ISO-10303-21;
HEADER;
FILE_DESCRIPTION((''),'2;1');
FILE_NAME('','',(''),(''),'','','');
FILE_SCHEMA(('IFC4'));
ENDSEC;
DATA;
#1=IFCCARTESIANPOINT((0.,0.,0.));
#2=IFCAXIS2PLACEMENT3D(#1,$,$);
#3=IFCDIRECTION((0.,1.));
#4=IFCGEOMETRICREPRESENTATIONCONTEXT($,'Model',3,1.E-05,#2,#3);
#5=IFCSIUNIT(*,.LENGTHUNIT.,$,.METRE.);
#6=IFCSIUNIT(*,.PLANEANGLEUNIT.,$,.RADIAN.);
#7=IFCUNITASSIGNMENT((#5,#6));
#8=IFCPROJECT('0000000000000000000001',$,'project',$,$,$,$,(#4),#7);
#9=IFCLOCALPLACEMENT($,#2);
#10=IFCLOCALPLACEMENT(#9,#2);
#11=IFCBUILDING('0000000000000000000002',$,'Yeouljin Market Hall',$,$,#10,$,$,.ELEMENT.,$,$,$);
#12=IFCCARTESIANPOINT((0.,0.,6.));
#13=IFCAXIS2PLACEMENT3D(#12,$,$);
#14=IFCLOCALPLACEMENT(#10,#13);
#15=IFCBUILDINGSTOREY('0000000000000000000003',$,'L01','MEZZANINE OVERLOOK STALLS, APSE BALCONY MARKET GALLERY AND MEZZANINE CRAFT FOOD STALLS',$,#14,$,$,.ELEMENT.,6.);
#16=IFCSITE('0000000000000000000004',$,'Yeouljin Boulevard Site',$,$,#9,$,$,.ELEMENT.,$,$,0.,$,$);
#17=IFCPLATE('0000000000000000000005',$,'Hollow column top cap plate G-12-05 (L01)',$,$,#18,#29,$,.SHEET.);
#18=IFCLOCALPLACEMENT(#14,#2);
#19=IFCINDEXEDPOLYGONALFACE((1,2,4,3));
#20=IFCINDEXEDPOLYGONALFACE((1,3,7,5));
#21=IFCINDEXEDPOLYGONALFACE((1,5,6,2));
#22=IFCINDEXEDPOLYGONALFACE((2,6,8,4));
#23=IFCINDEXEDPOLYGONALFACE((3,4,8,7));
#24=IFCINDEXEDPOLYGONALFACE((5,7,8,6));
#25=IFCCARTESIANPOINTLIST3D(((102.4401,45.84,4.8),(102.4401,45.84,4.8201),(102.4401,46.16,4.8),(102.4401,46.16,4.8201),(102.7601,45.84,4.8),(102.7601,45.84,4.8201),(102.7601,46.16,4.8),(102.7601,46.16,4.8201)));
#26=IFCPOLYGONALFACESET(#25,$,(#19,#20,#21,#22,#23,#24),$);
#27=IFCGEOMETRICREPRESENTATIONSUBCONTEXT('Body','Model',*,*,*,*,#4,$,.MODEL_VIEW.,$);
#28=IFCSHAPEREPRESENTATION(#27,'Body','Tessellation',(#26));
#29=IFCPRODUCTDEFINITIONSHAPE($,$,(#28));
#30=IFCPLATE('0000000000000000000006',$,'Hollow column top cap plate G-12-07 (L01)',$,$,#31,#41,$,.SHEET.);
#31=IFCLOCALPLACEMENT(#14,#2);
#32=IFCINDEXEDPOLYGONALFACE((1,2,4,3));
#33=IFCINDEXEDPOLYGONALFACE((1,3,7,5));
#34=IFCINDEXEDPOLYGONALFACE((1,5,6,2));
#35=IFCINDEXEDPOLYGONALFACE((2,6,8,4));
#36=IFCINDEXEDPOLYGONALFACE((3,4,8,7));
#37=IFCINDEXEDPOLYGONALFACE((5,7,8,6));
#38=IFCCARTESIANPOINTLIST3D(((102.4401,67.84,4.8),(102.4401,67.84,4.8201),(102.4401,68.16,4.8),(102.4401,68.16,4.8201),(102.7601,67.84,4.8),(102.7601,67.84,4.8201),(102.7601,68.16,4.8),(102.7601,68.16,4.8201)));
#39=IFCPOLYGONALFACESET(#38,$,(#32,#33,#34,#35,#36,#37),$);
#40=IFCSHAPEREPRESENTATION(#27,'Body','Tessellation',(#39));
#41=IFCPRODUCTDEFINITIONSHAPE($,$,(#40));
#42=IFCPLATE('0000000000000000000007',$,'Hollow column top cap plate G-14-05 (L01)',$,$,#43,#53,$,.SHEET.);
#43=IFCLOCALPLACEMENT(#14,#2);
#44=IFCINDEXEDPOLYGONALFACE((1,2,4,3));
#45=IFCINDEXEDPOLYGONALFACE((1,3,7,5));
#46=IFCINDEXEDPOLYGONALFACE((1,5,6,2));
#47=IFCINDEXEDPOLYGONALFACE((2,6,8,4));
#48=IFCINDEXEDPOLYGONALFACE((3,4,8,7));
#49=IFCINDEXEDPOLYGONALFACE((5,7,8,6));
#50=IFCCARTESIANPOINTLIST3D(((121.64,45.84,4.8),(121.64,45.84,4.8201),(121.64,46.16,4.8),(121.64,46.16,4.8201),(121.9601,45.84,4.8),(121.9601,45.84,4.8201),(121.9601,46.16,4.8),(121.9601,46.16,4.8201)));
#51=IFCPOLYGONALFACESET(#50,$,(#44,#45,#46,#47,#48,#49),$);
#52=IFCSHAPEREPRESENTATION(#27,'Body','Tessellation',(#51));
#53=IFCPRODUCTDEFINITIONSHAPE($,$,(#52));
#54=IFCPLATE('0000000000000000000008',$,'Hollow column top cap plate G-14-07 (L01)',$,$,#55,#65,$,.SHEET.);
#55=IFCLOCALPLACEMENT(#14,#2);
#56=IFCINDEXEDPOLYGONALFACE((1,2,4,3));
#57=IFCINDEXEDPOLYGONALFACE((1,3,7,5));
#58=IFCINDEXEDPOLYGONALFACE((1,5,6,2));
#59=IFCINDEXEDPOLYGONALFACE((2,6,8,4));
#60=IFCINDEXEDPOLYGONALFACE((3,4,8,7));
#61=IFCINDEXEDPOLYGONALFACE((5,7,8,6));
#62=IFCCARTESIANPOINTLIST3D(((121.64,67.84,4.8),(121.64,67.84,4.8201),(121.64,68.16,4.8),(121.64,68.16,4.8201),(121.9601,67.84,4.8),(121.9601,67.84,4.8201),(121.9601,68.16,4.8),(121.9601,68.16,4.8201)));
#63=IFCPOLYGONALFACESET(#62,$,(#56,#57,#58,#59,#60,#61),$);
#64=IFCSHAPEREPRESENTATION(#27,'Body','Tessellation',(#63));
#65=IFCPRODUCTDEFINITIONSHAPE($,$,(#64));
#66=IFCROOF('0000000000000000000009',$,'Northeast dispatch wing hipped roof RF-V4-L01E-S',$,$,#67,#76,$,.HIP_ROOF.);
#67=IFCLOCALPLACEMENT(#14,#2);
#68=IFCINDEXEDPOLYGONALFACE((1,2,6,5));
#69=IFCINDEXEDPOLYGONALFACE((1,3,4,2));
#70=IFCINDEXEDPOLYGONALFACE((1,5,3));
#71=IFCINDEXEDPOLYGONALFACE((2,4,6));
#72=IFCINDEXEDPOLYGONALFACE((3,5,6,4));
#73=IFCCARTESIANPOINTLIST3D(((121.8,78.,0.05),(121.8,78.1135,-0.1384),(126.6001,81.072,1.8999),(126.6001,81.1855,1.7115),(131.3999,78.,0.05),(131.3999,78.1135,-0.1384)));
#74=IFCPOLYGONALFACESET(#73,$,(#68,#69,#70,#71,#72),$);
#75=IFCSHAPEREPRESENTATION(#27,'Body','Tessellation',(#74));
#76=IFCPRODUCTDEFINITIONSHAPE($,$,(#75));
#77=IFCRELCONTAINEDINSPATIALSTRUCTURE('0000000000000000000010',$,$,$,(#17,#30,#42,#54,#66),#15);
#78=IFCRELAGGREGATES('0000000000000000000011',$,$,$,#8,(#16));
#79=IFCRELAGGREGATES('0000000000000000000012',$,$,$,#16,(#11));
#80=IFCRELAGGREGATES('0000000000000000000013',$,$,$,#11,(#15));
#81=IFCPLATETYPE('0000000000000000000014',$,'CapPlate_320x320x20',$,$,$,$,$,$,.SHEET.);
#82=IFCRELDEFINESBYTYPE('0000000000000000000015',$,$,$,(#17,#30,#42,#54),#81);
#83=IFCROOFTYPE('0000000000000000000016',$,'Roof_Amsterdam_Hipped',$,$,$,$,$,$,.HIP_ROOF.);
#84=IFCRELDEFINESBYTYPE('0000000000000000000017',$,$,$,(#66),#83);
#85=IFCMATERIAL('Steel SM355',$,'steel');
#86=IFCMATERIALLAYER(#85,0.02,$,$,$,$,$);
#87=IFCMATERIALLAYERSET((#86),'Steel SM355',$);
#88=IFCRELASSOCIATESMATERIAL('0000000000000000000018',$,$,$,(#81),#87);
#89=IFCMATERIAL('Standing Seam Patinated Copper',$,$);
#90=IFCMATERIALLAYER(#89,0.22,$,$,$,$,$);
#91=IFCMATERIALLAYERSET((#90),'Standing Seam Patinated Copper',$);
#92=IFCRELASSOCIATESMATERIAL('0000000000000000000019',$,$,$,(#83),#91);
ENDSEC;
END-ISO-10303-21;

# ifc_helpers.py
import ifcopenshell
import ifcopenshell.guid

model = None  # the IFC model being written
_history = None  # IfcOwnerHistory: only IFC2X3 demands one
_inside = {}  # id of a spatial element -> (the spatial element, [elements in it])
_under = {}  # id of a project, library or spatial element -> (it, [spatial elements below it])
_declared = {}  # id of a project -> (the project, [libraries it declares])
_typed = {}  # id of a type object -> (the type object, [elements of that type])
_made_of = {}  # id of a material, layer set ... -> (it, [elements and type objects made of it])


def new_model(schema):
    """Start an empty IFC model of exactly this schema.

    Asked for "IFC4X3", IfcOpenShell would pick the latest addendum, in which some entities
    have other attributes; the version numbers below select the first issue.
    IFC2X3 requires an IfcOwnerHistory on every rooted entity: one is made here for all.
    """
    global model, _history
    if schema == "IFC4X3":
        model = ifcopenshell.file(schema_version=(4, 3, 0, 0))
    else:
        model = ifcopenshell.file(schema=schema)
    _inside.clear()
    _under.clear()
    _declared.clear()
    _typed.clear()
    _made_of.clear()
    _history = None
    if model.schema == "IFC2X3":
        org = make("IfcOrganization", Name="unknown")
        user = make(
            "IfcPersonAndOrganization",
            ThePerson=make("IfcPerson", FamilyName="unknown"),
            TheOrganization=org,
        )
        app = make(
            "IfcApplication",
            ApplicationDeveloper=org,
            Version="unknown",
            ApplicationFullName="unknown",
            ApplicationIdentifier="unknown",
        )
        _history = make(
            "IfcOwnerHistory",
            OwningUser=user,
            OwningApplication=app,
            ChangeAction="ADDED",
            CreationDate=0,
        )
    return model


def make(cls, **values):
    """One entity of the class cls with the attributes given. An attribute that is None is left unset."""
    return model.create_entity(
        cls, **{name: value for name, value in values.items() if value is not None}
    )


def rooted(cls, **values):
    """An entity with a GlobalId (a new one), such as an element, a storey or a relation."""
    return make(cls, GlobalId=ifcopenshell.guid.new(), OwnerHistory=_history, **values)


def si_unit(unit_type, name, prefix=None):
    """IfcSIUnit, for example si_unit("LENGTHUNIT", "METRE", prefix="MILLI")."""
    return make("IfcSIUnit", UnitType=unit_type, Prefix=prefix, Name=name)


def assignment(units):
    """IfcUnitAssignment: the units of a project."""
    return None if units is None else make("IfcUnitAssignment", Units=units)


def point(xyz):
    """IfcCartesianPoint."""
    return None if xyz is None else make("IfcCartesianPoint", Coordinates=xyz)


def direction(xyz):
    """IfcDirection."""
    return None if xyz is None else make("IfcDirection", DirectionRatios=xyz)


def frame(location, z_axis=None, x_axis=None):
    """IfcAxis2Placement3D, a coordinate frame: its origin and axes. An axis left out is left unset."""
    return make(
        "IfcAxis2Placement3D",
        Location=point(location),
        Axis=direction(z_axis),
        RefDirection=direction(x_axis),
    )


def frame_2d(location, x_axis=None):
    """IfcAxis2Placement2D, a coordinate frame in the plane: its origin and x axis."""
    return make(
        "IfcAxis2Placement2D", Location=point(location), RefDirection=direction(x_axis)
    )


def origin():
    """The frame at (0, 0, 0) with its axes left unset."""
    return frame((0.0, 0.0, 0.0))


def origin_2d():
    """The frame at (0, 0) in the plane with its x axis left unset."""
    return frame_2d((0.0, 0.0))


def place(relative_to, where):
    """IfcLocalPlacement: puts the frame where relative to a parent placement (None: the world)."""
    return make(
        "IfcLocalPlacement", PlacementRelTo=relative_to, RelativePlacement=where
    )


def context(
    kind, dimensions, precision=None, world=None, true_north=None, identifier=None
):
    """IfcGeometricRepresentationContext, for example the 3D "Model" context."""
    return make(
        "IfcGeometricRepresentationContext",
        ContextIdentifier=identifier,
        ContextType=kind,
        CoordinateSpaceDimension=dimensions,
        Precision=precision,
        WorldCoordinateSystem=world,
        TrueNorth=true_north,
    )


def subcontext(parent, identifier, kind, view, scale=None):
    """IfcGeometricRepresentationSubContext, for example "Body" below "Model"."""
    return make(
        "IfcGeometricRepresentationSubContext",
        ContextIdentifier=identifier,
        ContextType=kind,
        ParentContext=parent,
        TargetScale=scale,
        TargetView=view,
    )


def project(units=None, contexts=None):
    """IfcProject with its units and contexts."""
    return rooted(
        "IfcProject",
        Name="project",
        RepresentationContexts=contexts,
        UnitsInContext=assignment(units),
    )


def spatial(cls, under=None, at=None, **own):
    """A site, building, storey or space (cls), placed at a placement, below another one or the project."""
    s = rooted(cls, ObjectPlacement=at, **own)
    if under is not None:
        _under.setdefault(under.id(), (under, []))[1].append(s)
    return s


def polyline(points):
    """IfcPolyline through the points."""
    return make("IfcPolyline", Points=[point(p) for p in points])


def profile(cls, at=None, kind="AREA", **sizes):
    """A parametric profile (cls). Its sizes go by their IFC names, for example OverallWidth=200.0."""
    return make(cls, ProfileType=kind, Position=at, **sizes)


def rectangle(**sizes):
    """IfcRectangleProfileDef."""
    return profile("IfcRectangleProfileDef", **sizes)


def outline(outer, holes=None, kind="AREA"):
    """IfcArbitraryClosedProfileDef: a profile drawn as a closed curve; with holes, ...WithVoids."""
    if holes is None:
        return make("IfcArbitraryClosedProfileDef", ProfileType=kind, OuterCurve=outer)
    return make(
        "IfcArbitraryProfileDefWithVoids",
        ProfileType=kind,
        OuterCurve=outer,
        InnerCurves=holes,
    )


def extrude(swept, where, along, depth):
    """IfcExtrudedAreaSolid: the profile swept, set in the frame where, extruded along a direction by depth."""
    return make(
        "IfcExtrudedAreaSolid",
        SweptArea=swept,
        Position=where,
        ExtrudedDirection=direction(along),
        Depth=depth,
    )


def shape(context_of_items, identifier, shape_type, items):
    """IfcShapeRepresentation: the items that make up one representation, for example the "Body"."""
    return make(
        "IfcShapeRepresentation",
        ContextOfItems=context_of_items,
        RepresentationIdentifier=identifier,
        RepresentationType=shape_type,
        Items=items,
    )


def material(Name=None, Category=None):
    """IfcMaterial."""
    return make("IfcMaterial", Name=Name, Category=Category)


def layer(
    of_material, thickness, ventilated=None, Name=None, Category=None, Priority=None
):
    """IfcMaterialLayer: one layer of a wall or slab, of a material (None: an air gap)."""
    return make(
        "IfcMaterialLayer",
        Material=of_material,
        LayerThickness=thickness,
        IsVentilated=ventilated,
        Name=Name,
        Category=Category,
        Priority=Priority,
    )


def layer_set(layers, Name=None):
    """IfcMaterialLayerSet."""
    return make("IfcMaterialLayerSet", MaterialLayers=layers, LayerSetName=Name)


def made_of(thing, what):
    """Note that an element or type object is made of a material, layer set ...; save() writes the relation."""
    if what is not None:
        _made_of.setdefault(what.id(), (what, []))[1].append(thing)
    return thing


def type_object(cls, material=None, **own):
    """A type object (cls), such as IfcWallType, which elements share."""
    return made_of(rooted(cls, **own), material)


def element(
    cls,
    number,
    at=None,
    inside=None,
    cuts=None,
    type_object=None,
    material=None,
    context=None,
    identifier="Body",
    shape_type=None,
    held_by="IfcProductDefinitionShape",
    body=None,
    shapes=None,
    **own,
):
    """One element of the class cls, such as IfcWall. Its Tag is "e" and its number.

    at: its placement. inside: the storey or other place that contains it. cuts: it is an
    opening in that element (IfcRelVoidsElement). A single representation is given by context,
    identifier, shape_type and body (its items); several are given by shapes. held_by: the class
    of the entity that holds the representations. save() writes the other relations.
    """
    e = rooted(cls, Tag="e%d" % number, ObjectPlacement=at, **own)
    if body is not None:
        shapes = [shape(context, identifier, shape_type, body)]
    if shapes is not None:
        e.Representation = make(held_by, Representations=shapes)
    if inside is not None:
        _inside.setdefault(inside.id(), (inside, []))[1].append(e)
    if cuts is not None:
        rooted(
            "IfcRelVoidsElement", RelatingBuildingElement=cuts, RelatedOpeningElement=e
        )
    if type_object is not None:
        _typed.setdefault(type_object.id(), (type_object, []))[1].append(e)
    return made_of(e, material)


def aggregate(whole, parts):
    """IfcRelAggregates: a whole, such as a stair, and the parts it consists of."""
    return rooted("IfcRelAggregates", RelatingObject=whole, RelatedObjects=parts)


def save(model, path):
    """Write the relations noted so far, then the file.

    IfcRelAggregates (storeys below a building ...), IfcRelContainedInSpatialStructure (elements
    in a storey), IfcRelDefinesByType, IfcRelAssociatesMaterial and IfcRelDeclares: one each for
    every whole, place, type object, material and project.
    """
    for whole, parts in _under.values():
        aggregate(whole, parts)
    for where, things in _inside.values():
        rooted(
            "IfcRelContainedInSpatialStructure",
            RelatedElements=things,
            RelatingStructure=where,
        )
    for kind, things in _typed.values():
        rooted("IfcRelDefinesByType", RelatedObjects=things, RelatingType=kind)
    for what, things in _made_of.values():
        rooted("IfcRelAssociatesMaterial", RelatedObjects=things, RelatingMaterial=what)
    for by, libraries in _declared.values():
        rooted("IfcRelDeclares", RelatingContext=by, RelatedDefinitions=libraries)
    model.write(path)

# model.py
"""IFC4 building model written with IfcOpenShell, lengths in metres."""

from ifc_helpers import new_model, si_unit, direction, frame, origin, origin_2d, place, context, subcontext, project, spatial, polyline, rectangle, outline, extrude, material, layer, layer_set, type_object, element, save


model = new_model("IFC4")

# Units and contexts
model_context = context("Model", 3, precision=1e-05, world=origin(), true_north=direction((0.0, 1.0)))
body_context = subcontext(model_context, "Body", "Model", "MODEL_VIEW")
ifc_project = project(units=[si_unit("LENGTHUNIT", "METRE"), si_unit("PLANEANGLEUNIT", "RADIAN")], contexts=[model_context])

# Site, building, storey
site_placement = place(None, origin())
site = spatial("IfcSite", under=ifc_project, at=site_placement, Name="Yeouljin Boulevard Site", CompositionType="ELEMENT", RefElevation=0.0)
building_placement = place(site_placement, origin())
building = spatial("IfcBuilding", under=site, at=building_placement, Name="Yeouljin Market Hall", CompositionType="ELEMENT")
storey_placement = place(building_placement, frame((0.0, 0.0, 6.0)))
storey = spatial("IfcBuildingStorey", under=building, at=storey_placement, Name="L01", Description="MEZZANINE OVERLOOK STALLS, APSE BALCONY MARKET GALLERY AND MEZZANINE CRAFT FOOD STALLS", CompositionType="ELEMENT", Elevation=6.0)

# Plates
ifc_material_1 = material(Name="Steel SM355", Category="steel")
ifc_layer_1 = layer(ifc_material_1, 0.02)
ifc_layer_set_1 = layer_set([ifc_layer_1], Name="Steel SM355")
plate_type = type_object("IfcPlateType", Name="CapPlate_320x320x20", PredefinedType="SHEET", material=ifc_layer_set_1)
for number, where, z_axis, x_axis, name in (
    (1, (102.6001, 46.0, 4.8), (0.0, 0.0, 1.0), (1.0, 0.0, 0.0), "Hollow column top cap plate G-12-05 (L01)"),
    (2, (102.6001, 68.0, 4.8), (0.0, 0.0, 1.0), (1.0, 0.0, 0.0), "Hollow column top cap plate G-12-07 (L01)"),
    (3, (121.8, 46.0, 4.8), (0.0, 0.0, 1.0), (1.0, 0.0, 0.0), "Hollow column top cap plate G-14-05 (L01)"),
    (4, (121.8, 68.0, 4.8), (0.0, 0.0, 1.0), (1.0, 0.0, 0.0), "Hollow column top cap plate G-14-07 (L01)"),
):
    element("IfcPlate", number, at=place(storey_placement, frame(where, z_axis=z_axis, x_axis=x_axis)), inside=storey, type_object=plate_type, Name=name, PredefinedType="SHEET", context=body_context, shape_type="SweptSolid", body=[
        extrude(rectangle(XDim=0.3201, YDim=0.3201, at=origin_2d()), origin(), (0.0, 0.0, 1.0), 0.02),
    ])

# Roof
ifc_material_2 = material(Name="Standing Seam Patinated Copper")
ifc_layer_2 = layer(ifc_material_2, 0.22)
ifc_layer_set_2 = layer_set([ifc_layer_2], Name="Standing Seam Patinated Copper")
roof_type = type_object("IfcRoofType", Name="Roof_Amsterdam_Hipped", PredefinedType="HIP_ROOF", material=ifc_layer_set_2)
roof_placement = place(storey_placement, frame((121.8, 78.0, 0.05), z_axis=(0.0, -0.515857, 0.856675), x_axis=(1.0, 0.0, 0.0)))
element("IfcRoof", 5, at=roof_placement, inside=storey, type_object=roof_type, Name="Northeast dispatch wing hipped roof RF-V4-L01E-S", PredefinedType="HIP_ROOF", context=body_context, shape_type="SweptSolid", body=[
    extrude(outline(polyline([(0.0, 0.0), (9.5999, 0.0), (4.8, 3.586), (0.0, 0.0)])), origin(), (0.0, 0.0, -1.0), 0.22),
])

save(model, "model.ifc")
